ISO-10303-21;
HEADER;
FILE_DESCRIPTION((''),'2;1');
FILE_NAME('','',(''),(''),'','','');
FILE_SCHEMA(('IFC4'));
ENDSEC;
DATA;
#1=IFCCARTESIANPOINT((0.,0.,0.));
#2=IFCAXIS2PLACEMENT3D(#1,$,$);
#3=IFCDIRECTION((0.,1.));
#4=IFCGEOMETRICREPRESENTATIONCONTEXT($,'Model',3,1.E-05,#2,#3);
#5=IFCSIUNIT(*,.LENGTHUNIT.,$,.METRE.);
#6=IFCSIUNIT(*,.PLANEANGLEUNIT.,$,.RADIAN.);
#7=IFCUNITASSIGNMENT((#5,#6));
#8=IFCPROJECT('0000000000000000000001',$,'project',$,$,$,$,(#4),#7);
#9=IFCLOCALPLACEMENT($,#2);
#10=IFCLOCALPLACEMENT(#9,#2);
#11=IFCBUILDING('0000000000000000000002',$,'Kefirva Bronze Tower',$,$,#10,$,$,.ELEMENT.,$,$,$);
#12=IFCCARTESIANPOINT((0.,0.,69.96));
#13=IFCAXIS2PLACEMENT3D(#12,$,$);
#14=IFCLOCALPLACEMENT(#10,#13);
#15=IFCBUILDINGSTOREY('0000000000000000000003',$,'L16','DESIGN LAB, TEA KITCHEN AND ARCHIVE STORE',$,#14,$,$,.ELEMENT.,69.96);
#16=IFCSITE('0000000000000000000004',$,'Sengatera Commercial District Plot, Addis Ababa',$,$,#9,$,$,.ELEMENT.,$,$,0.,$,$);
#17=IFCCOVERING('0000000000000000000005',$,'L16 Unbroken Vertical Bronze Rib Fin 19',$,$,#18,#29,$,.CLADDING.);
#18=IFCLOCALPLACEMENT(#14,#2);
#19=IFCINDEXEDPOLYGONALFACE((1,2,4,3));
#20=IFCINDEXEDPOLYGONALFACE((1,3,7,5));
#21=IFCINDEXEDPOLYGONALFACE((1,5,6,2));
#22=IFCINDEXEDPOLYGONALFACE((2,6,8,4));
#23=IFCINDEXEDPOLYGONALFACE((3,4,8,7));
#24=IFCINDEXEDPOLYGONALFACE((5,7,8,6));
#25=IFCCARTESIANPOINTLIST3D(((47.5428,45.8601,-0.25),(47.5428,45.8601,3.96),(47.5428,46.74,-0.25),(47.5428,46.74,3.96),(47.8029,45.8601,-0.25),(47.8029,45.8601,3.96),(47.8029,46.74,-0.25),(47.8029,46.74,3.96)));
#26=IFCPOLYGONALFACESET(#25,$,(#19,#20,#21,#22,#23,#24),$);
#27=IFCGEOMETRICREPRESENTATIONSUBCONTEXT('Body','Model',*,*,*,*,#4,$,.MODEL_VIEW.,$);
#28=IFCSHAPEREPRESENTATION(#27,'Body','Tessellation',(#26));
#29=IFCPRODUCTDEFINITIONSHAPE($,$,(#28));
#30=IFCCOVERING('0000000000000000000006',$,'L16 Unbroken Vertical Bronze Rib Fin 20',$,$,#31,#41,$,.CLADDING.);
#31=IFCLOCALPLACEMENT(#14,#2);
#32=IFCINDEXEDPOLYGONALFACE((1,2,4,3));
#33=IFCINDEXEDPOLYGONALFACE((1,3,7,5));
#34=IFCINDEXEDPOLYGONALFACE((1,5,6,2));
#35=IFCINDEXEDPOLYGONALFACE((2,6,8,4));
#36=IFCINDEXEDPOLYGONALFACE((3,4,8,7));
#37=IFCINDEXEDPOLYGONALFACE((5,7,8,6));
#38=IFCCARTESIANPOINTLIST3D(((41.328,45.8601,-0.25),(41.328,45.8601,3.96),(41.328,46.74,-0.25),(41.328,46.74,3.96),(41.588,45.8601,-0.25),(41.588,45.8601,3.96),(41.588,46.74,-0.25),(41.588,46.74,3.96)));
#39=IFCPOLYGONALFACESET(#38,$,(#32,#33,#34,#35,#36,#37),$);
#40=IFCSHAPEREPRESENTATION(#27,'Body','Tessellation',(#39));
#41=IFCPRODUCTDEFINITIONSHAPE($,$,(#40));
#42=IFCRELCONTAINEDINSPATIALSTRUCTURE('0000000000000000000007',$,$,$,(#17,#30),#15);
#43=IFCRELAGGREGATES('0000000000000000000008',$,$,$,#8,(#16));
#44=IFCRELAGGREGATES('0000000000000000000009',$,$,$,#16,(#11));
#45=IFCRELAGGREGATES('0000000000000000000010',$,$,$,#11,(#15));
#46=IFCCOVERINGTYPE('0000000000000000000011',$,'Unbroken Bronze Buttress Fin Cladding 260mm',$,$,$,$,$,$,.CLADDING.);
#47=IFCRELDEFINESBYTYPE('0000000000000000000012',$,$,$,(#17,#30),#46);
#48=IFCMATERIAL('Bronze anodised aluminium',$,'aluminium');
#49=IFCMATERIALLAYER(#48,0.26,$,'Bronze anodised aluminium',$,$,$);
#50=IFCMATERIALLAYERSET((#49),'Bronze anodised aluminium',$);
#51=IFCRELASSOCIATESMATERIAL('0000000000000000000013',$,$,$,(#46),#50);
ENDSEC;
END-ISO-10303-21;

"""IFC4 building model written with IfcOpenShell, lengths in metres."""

from ifc_helpers import new_model, si_unit, direction, frame, origin, origin_2d, place, context, subcontext, project, spatial, rectangle, extrude, material, layer, layer_set, type_object, element, save


model = new_model("IFC4")

# Units and contexts
model_context = context("Model", 3, precision=1e-05, world=origin(), true_north=direction((0.0, 1.0)))
body_context = subcontext(model_context, "Body", "Model", "MODEL_VIEW")
ifc_project = project(units=[si_unit("LENGTHUNIT", "METRE"), si_unit("PLANEANGLEUNIT", "RADIAN")], contexts=[model_context])

# Site, building, storey
site_placement = place(None, origin())
site = spatial("IfcSite", under=ifc_project, at=site_placement, Name="Sengatera Commercial District Plot, Addis Ababa", CompositionType="ELEMENT", RefElevation=0.0)
building_placement = place(site_placement, origin())
building = spatial("IfcBuilding", under=site, at=building_placement, Name="Kefirva Bronze Tower", CompositionType="ELEMENT")
storey_placement = place(building_placement, frame((0.0, 0.0, 69.96)))
storey = spatial("IfcBuildingStorey", under=building, at=storey_placement, Name="L16", Description="DESIGN LAB, TEA KITCHEN AND ARCHIVE STORE", CompositionType="ELEMENT", Elevation=69.96)

# Shared definitions
ifc_material_1 = material(Name="Bronze anodised aluminium", Category="aluminium")

# Coverings
ifc_layer_1 = layer(ifc_material_1, 0.26, Name="Bronze anodised aluminium")
ifc_layer_set_1 = layer_set([ifc_layer_1], Name="Bronze anodised aluminium")
covering_type_1 = type_object("IfcCoveringType", Name="Unbroken Bronze Buttress Fin Cladding 260mm", PredefinedType="CLADDING", material=ifc_layer_set_1)
for number, where, z_axis, x_axis, name in (
    (1, (47.6729, 46.3, -0.25), (0.0, 0.0, 1.0), (-1.0, 0.0, 0.0), "L16 Unbroken Vertical Bronze Rib Fin 19"),
    (2, (41.458, 46.3, -0.25), (0.0, 0.0, 1.0), (-1.0, 0.0, 0.0), "L16 Unbroken Vertical Bronze Rib Fin 20"),
):
    element("IfcCovering", number, at=place(storey_placement, frame(where, z_axis=z_axis, x_axis=x_axis)), inside=storey, type_object=covering_type_1, Name=name, PredefinedType="CLADDING", context=body_context, shape_type="SweptSolid", body=[
        extrude(rectangle(XDim=0.26, YDim=0.8799, at=origin_2d()), origin(), (0.0, 0.0, 1.0), 4.21),
    ])

save(model, "model.ifc")
